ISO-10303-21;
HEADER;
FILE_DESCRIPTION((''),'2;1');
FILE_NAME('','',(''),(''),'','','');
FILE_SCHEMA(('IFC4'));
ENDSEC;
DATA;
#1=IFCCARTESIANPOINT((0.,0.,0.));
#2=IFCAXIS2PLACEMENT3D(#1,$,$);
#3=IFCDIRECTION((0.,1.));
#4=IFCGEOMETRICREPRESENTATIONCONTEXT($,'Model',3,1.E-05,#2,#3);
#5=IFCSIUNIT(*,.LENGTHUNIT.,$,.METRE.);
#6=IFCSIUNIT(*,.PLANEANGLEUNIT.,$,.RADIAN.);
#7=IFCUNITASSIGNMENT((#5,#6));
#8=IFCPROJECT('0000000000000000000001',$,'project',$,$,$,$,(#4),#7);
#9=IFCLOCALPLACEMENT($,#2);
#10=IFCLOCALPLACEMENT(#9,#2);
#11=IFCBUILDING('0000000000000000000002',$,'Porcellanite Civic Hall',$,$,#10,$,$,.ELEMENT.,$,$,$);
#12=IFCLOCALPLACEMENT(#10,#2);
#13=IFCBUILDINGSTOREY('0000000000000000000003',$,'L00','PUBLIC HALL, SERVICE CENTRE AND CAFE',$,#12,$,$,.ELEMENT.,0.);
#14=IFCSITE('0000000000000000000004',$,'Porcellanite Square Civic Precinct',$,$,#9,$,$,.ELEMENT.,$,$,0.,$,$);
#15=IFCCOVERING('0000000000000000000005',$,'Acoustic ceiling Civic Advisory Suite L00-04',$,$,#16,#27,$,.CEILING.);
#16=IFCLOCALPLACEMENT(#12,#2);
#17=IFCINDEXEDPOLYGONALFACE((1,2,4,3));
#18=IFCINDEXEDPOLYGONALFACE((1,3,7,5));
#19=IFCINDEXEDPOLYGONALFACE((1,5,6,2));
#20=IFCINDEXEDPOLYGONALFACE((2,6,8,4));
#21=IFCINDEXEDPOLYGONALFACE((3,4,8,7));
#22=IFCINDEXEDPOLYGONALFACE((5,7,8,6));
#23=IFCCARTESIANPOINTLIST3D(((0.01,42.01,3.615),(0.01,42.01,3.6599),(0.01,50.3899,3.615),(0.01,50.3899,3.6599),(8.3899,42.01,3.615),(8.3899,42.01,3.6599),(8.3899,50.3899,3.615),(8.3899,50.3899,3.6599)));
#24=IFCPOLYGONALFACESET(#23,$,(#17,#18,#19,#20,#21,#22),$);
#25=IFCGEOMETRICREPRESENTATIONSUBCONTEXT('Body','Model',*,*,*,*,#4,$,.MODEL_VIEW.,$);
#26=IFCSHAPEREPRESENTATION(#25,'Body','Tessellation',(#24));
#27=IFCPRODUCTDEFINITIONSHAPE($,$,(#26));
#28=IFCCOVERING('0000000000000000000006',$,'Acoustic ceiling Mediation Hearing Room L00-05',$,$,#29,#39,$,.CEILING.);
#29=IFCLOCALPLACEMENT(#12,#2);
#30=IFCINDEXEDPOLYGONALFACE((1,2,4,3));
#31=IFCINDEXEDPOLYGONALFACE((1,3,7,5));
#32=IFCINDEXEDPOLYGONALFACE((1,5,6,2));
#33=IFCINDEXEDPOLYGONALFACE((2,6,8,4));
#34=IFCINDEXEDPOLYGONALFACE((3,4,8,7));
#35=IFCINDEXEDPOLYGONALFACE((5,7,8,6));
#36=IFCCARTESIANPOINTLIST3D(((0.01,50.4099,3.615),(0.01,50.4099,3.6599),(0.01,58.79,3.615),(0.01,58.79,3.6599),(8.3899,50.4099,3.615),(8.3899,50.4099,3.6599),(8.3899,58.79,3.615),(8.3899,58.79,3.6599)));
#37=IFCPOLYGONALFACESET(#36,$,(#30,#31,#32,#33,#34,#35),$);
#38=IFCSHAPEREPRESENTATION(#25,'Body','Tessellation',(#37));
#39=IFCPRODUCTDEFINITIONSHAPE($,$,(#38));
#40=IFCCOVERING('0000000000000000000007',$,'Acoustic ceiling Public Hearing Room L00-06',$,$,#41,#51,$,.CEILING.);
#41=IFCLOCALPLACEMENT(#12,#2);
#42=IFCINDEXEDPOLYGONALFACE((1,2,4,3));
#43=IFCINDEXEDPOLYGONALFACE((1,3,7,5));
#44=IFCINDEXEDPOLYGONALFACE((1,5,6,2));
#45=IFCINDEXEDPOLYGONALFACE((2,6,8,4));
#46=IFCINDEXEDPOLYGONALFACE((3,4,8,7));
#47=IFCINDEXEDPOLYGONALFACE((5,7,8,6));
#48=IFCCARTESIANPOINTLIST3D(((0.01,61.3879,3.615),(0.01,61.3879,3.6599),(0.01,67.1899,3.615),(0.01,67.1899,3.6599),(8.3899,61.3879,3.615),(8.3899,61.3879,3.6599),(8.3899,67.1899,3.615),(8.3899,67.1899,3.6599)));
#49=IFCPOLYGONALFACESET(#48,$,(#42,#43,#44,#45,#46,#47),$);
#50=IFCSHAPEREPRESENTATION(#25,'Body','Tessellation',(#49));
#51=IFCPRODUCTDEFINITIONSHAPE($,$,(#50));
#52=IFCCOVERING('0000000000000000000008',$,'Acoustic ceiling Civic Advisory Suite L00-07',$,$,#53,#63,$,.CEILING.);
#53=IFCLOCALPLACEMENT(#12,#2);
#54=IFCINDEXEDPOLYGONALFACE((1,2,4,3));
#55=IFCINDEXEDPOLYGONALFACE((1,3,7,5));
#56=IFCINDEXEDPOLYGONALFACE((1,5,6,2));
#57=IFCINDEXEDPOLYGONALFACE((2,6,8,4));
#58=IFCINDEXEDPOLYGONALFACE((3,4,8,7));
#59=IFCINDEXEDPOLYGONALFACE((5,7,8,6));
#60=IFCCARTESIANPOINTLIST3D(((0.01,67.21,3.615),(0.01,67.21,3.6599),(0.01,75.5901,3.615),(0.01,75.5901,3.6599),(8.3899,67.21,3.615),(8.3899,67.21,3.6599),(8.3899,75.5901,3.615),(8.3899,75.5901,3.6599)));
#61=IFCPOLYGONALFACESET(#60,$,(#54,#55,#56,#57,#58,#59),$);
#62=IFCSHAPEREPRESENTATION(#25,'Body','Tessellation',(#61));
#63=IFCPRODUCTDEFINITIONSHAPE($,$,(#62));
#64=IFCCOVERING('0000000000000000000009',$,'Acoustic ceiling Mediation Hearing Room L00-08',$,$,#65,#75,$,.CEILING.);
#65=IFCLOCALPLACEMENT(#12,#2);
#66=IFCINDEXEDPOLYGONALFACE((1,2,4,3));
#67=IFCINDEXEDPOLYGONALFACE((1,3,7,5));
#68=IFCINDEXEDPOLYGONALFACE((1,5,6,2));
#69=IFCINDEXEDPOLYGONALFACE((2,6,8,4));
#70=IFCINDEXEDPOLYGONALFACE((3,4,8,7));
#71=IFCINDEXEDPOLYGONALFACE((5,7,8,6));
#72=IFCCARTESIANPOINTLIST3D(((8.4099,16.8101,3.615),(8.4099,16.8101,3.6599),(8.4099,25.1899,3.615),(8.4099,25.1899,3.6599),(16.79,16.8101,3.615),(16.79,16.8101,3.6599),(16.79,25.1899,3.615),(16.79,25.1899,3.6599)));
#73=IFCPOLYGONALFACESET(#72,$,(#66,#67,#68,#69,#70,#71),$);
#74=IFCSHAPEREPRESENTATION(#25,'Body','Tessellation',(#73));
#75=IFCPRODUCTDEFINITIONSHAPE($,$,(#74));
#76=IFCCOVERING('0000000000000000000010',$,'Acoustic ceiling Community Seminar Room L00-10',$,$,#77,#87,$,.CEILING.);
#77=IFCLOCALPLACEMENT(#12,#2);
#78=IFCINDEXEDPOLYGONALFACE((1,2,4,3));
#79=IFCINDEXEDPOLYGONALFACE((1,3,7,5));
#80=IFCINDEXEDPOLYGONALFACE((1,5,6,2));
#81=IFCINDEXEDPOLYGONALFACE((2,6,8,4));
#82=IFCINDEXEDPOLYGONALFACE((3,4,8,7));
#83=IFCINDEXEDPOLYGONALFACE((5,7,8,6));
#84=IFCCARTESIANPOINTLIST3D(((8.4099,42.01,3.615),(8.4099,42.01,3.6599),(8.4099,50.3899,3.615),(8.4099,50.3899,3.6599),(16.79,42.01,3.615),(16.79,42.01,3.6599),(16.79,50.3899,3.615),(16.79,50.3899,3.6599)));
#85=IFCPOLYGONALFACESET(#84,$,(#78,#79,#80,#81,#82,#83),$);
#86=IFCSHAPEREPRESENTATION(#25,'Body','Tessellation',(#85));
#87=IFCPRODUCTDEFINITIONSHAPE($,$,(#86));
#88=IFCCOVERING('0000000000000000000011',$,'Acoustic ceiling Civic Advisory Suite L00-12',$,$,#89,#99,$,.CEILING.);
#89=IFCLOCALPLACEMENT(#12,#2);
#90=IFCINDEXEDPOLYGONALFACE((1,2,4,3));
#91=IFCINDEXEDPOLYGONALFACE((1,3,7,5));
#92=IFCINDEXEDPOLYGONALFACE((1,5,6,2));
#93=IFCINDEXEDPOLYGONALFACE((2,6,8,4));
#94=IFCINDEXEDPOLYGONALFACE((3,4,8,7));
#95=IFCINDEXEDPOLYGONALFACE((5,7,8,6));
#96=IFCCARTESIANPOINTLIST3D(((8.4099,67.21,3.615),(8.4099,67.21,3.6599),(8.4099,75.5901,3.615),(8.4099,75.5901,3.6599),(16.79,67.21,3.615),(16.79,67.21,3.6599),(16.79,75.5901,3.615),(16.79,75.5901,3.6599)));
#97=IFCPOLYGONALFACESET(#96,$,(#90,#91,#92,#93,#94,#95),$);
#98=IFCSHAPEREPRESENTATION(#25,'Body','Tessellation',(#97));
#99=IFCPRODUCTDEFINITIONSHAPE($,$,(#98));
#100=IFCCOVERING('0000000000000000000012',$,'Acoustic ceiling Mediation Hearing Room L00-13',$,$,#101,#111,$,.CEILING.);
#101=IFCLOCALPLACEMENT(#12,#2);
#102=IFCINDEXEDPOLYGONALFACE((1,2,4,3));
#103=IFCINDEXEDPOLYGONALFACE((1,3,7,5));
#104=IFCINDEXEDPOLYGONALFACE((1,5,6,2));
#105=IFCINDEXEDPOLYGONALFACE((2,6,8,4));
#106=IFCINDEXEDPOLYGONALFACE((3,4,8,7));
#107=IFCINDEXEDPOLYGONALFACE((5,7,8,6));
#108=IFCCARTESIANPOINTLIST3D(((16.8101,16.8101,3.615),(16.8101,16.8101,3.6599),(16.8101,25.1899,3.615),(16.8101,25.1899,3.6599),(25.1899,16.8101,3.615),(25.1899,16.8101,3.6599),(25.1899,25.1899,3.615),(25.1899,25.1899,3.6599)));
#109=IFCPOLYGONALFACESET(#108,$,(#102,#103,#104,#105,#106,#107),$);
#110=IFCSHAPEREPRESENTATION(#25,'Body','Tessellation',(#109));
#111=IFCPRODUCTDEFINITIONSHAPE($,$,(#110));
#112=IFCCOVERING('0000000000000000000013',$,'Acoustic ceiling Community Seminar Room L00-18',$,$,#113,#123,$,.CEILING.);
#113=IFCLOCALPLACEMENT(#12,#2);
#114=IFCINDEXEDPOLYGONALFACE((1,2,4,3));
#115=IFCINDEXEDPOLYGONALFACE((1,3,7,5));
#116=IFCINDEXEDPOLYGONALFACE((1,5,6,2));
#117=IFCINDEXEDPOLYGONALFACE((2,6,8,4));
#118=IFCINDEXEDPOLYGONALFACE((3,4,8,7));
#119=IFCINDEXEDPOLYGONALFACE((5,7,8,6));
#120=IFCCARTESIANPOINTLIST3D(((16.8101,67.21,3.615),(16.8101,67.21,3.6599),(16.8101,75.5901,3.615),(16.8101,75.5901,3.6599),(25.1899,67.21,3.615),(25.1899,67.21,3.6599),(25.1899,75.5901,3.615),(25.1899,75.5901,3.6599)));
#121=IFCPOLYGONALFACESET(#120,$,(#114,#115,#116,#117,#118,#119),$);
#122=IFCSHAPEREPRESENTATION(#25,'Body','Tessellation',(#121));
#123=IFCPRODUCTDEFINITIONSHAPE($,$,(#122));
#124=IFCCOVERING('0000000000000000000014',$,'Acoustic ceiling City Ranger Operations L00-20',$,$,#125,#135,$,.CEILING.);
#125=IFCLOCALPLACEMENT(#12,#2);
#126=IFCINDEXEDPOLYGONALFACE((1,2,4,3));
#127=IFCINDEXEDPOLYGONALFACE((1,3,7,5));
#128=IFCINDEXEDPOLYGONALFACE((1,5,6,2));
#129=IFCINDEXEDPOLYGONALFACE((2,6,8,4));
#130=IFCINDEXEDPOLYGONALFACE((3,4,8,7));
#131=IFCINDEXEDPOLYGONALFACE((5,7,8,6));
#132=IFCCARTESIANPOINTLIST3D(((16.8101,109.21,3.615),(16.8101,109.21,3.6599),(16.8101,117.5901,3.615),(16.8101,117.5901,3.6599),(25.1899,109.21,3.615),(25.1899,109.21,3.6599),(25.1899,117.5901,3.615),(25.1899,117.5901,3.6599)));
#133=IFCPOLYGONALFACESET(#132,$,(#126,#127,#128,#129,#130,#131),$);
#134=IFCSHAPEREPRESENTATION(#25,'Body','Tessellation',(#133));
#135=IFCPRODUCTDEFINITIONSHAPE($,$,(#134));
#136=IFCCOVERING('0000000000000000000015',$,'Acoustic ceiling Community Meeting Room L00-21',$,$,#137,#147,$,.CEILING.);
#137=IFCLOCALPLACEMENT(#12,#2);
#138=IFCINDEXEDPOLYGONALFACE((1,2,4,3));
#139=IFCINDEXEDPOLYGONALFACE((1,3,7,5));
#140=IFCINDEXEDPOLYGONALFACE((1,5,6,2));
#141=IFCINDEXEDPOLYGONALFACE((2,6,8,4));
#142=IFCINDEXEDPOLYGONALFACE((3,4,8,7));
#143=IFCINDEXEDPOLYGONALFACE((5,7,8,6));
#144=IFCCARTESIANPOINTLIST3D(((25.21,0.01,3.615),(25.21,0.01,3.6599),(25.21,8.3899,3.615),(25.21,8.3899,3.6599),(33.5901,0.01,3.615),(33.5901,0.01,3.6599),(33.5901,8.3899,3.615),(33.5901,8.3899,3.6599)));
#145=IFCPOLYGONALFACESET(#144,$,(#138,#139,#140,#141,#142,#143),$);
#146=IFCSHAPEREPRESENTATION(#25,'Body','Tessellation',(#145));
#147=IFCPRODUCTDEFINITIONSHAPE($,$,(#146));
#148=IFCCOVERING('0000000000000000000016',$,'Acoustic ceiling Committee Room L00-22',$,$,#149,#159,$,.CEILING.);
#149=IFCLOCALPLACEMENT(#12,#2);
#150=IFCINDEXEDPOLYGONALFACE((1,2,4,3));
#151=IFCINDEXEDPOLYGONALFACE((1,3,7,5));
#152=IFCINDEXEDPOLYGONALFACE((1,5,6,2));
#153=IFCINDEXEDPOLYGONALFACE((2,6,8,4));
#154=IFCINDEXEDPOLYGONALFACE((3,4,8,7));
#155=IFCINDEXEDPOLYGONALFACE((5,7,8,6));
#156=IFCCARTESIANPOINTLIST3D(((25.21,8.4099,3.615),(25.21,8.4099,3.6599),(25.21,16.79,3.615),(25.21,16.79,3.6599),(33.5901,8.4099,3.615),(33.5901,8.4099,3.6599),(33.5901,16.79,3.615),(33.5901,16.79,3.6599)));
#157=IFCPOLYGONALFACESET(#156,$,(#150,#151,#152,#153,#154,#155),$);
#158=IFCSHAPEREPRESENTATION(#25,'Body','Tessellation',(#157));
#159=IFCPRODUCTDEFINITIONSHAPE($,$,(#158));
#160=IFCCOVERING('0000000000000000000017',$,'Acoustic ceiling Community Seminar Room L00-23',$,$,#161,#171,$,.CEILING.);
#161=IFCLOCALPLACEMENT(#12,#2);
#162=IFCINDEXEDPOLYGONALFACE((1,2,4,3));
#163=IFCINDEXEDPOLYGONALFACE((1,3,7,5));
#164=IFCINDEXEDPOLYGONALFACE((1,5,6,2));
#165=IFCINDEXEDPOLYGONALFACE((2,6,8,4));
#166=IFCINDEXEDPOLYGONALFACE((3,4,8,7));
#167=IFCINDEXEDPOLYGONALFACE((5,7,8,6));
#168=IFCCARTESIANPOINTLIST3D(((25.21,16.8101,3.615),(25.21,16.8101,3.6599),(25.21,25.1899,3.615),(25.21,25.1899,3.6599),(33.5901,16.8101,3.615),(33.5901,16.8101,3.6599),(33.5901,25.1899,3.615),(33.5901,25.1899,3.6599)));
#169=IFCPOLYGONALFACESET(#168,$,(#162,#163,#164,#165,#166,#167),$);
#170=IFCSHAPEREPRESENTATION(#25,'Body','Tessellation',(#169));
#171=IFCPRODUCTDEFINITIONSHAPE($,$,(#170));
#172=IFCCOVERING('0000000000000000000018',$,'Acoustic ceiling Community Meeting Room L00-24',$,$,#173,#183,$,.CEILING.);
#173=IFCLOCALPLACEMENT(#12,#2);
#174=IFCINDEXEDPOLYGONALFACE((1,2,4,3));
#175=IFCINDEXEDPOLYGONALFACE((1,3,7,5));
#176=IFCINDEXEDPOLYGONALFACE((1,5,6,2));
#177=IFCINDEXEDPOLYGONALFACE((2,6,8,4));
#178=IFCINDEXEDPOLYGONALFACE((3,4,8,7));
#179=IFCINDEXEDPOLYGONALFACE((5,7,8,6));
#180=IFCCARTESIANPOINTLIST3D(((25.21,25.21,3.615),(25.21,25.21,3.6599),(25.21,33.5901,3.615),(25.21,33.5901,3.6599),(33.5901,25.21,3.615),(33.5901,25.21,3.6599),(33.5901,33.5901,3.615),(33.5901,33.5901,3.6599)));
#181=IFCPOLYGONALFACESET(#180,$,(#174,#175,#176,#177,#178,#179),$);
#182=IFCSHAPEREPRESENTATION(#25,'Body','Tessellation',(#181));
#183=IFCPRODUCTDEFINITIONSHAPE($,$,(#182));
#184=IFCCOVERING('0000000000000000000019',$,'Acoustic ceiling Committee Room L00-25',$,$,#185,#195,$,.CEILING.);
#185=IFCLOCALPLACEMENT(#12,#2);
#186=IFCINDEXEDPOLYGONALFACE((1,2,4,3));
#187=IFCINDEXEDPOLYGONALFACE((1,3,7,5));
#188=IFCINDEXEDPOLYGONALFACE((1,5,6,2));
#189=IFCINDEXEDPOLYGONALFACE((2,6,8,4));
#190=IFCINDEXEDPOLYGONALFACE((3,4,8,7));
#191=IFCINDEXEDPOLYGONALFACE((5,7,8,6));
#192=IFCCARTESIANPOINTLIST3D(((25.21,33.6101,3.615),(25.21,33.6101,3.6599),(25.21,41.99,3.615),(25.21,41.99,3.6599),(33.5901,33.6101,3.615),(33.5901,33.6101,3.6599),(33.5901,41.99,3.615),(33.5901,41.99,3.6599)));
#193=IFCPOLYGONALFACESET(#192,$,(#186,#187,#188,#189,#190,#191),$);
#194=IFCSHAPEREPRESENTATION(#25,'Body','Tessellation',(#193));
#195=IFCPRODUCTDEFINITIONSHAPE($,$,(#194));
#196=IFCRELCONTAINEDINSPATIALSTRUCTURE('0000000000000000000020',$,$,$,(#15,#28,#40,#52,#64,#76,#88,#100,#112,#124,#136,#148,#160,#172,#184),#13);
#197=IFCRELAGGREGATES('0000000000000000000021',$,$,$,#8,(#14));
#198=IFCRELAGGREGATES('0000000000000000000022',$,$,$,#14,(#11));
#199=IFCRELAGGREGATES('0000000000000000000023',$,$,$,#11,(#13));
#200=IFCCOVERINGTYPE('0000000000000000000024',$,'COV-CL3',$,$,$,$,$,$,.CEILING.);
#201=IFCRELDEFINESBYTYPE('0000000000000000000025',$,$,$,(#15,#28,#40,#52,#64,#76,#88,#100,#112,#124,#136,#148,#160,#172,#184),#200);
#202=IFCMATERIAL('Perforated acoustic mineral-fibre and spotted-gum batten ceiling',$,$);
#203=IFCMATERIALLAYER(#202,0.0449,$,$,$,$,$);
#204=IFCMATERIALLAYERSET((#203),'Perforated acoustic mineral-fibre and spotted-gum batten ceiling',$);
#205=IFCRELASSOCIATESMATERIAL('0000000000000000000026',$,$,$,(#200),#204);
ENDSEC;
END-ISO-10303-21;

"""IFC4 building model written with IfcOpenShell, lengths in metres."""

from ifc_helpers import new_model, si_unit, direction, frame, origin, place, context, subcontext, project, spatial, polyline, outline, extrude, material, layer, layer_set, type_object, element, save


model = new_model("IFC4")

# Units and contexts
model_context = context("Model", 3, precision=1e-05, world=origin(), true_north=direction((0.0, 1.0)))
body_context = subcontext(model_context, "Body", "Model", "MODEL_VIEW")
ifc_project = project(units=[si_unit("LENGTHUNIT", "METRE"), si_unit("PLANEANGLEUNIT", "RADIAN")], contexts=[model_context])

# Site, building, storey
site_placement = place(None, origin())
site = spatial("IfcSite", under=ifc_project, at=site_placement, Name="Porcellanite Square Civic Precinct", CompositionType="ELEMENT", RefElevation=0.0)
building_placement = place(site_placement, origin())
building = spatial("IfcBuilding", under=site, at=building_placement, Name="Porcellanite Civic Hall", CompositionType="ELEMENT")
storey_placement = place(building_placement, origin())
storey = spatial("IfcBuildingStorey", under=building, at=storey_placement, Name="L00", Description="PUBLIC HALL, SERVICE CENTRE AND CAFE", CompositionType="ELEMENT", Elevation=0.0)

# Coverings
ifc_material_1 = material(Name="Perforated acoustic mineral-fibre and spotted-gum batten ceiling")
ifc_layer_1 = layer(ifc_material_1, 0.0449)
ifc_layer_set_1 = layer_set([ifc_layer_1], Name="Perforated acoustic mineral-fibre and spotted-gum batten ceiling")
covering_type = type_object("IfcCoveringType", Name="COV-CL3", PredefinedType="CEILING", material=ifc_layer_set_1)
covering_1_placement = place(storey_placement, frame((0.0, 0.0, 3.615)))
element("IfcCovering", 1, at=covering_1_placement, inside=storey, type_object=covering_type, Name="Acoustic ceiling Civic Advisory Suite L00-04", PredefinedType="CEILING", context=body_context, shape_type="SweptSolid", body=[
    extrude(outline(polyline([(0.01, 42.01), (8.3899, 42.01), (8.3899, 50.3899), (0.01, 50.3899), (0.01, 42.01)])), origin(), (0.0, 0.0, 1.0), 0.0449),
])
covering_2_placement = place(storey_placement, frame((0.0, 0.0, 3.615)))
element("IfcCovering", 2, at=covering_2_placement, inside=storey, type_object=covering_type, Name="Acoustic ceiling Mediation Hearing Room L00-05", PredefinedType="CEILING", context=body_context, shape_type="SweptSolid", body=[
    extrude(outline(polyline([(0.01, 50.4099), (8.3899, 50.4099), (8.3899, 58.79), (0.01, 58.79), (0.01, 50.4099)])), origin(), (0.0, 0.0, 1.0), 0.0449),
])
covering_3_placement = place(storey_placement, frame((0.0, 0.0, 3.615)))
element("IfcCovering", 3, at=covering_3_placement, inside=storey, type_object=covering_type, Name="Acoustic ceiling Public Hearing Room L00-06", PredefinedType="CEILING", context=body_context, shape_type="SweptSolid", body=[
    extrude(outline(polyline([(0.01, 61.3879), (8.3899, 61.3879), (8.3899, 67.1899), (0.01, 67.1899), (0.01, 61.3879)])), origin(), (0.0, 0.0, 1.0), 0.0449),
])
covering_4_placement = place(storey_placement, frame((0.0, 0.0, 3.615)))
element("IfcCovering", 4, at=covering_4_placement, inside=storey, type_object=covering_type, Name="Acoustic ceiling Civic Advisory Suite L00-07", PredefinedType="CEILING", context=body_context, shape_type="SweptSolid", body=[
    extrude(outline(polyline([(0.01, 67.21), (8.3899, 67.21), (8.3899, 75.5901), (0.01, 75.5901), (0.01, 67.21)])), origin(), (0.0, 0.0, 1.0), 0.0449),
])
covering_5_placement = place(storey_placement, frame((0.0, 0.0, 3.615)))
element("IfcCovering", 5, at=covering_5_placement, inside=storey, type_object=covering_type, Name="Acoustic ceiling Mediation Hearing Room L00-08", PredefinedType="CEILING", context=body_context, shape_type="SweptSolid", body=[
    extrude(outline(polyline([(8.4099, 16.8101), (16.79, 16.8101), (16.79, 25.1899), (8.4099, 25.1899), (8.4099, 16.8101)])), origin(), (0.0, 0.0, 1.0), 0.0449),
])
covering_6_placement = place(storey_placement, frame((0.0, 0.0, 3.615)))
element("IfcCovering", 6, at=covering_6_placement, inside=storey, type_object=covering_type, Name="Acoustic ceiling Community Seminar Room L00-10", PredefinedType="CEILING", context=body_context, shape_type="SweptSolid", body=[
    extrude(outline(polyline([(8.4099, 42.01), (16.79, 42.01), (16.79, 50.3899), (8.4099, 50.3899), (8.4099, 42.01)])), origin(), (0.0, 0.0, 1.0), 0.0449),
])
covering_7_placement = place(storey_placement, frame((0.0, 0.0, 3.615)))
element("IfcCovering", 7, at=covering_7_placement, inside=storey, type_object=covering_type, Name="Acoustic ceiling Civic Advisory Suite L00-12", PredefinedType="CEILING", context=body_context, shape_type="SweptSolid", body=[
    extrude(outline(polyline([(8.4099, 67.21), (16.79, 67.21), (16.79, 75.5901), (8.4099, 75.5901), (8.4099, 67.21)])), origin(), (0.0, 0.0, 1.0), 0.0449),
])
covering_8_placement = place(storey_placement, frame((0.0, 0.0, 3.615)))
element("IfcCovering", 8, at=covering_8_placement, inside=storey, type_object=covering_type, Name="Acoustic ceiling Mediation Hearing Room L00-13", PredefinedType="CEILING", context=body_context, shape_type="SweptSolid", body=[
    extrude(outline(polyline([(16.8101, 16.8101), (25.1899, 16.8101), (25.1899, 25.1899), (16.8101, 25.1899), (16.8101, 16.8101)])), origin(), (0.0, 0.0, 1.0), 0.0449),
])
covering_9_placement = place(storey_placement, frame((0.0, 0.0, 3.615)))
element("IfcCovering", 9, at=covering_9_placement, inside=storey, type_object=covering_type, Name="Acoustic ceiling Community Seminar Room L00-18", PredefinedType="CEILING", context=body_context, shape_type="SweptSolid", body=[
    extrude(outline(polyline([(16.8101, 67.21), (25.1899, 67.21), (25.1899, 75.5901), (16.8101, 75.5901), (16.8101, 67.21)])), origin(), (0.0, 0.0, 1.0), 0.0449),
])
covering_10_placement = place(storey_placement, frame((0.0, 0.0, 3.615)))
element("IfcCovering", 10, at=covering_10_placement, inside=storey, type_object=covering_type, Name="Acoustic ceiling City Ranger Operations L00-20", PredefinedType="CEILING", context=body_context, shape_type="SweptSolid", body=[
    extrude(outline(polyline([(16.8101, 109.21), (25.1899, 109.21), (25.1899, 117.5901), (16.8101, 117.5901), (16.8101, 109.21)])), origin(), (0.0, 0.0, 1.0), 0.0449),
])
covering_11_placement = place(storey_placement, frame((0.0, 0.0, 3.615)))
element("IfcCovering", 11, at=covering_11_placement, inside=storey, type_object=covering_type, Name="Acoustic ceiling Community Meeting Room L00-21", PredefinedType="CEILING", context=body_context, shape_type="SweptSolid", body=[
    extrude(outline(polyline([(25.21, 0.01), (33.5901, 0.01), (33.5901, 8.3899), (25.21, 8.3899), (25.21, 0.01)])), origin(), (0.0, 0.0, 1.0), 0.0449),
])
covering_12_placement = place(storey_placement, frame((0.0, 0.0, 3.615)))
element("IfcCovering", 12, at=covering_12_placement, inside=storey, type_object=covering_type, Name="Acoustic ceiling Committee Room L00-22", PredefinedType="CEILING", context=body_context, shape_type="SweptSolid", body=[
    extrude(outline(polyline([(25.21, 8.4099), (33.5901, 8.4099), (33.5901, 16.79), (25.21, 16.79), (25.21, 8.4099)])), origin(), (0.0, 0.0, 1.0), 0.0449),
])
covering_13_placement = place(storey_placement, frame((0.0, 0.0, 3.615)))
element("IfcCovering", 13, at=covering_13_placement, inside=storey, type_object=covering_type, Name="Acoustic ceiling Community Seminar Room L00-23", PredefinedType="CEILING", context=body_context, shape_type="SweptSolid", body=[
    extrude(outline(polyline([(25.21, 16.8101), (33.5901, 16.8101), (33.5901, 25.1899), (25.21, 25.1899), (25.21, 16.8101)])), origin(), (0.0, 0.0, 1.0), 0.0449),
])
covering_14_placement = place(storey_placement, frame((0.0, 0.0, 3.615)))
element("IfcCovering", 14, at=covering_14_placement, inside=storey, type_object=covering_type, Name="Acoustic ceiling Community Meeting Room L00-24", PredefinedType="CEILING", context=body_context, shape_type="SweptSolid", body=[
    extrude(outline(polyline([(25.21, 25.21), (33.5901, 25.21), (33.5901, 33.5901), (25.21, 33.5901), (25.21, 25.21)])), origin(), (0.0, 0.0, 1.0), 0.0449),
])
covering_15_placement = place(storey_placement, frame((0.0, 0.0, 3.615)))
element("IfcCovering", 15, at=covering_15_placement, inside=storey, type_object=covering_type, Name="Acoustic ceiling Committee Room L00-25", PredefinedType="CEILING", context=body_context, shape_type="SweptSolid", body=[
    extrude(outline(polyline([(25.21, 33.6101), (33.5901, 33.6101), (33.5901, 41.99), (25.21, 41.99), (25.21, 33.6101)])), origin(), (0.0, 0.0, 1.0), 0.0449),
])

save(model, "model.ifc")
